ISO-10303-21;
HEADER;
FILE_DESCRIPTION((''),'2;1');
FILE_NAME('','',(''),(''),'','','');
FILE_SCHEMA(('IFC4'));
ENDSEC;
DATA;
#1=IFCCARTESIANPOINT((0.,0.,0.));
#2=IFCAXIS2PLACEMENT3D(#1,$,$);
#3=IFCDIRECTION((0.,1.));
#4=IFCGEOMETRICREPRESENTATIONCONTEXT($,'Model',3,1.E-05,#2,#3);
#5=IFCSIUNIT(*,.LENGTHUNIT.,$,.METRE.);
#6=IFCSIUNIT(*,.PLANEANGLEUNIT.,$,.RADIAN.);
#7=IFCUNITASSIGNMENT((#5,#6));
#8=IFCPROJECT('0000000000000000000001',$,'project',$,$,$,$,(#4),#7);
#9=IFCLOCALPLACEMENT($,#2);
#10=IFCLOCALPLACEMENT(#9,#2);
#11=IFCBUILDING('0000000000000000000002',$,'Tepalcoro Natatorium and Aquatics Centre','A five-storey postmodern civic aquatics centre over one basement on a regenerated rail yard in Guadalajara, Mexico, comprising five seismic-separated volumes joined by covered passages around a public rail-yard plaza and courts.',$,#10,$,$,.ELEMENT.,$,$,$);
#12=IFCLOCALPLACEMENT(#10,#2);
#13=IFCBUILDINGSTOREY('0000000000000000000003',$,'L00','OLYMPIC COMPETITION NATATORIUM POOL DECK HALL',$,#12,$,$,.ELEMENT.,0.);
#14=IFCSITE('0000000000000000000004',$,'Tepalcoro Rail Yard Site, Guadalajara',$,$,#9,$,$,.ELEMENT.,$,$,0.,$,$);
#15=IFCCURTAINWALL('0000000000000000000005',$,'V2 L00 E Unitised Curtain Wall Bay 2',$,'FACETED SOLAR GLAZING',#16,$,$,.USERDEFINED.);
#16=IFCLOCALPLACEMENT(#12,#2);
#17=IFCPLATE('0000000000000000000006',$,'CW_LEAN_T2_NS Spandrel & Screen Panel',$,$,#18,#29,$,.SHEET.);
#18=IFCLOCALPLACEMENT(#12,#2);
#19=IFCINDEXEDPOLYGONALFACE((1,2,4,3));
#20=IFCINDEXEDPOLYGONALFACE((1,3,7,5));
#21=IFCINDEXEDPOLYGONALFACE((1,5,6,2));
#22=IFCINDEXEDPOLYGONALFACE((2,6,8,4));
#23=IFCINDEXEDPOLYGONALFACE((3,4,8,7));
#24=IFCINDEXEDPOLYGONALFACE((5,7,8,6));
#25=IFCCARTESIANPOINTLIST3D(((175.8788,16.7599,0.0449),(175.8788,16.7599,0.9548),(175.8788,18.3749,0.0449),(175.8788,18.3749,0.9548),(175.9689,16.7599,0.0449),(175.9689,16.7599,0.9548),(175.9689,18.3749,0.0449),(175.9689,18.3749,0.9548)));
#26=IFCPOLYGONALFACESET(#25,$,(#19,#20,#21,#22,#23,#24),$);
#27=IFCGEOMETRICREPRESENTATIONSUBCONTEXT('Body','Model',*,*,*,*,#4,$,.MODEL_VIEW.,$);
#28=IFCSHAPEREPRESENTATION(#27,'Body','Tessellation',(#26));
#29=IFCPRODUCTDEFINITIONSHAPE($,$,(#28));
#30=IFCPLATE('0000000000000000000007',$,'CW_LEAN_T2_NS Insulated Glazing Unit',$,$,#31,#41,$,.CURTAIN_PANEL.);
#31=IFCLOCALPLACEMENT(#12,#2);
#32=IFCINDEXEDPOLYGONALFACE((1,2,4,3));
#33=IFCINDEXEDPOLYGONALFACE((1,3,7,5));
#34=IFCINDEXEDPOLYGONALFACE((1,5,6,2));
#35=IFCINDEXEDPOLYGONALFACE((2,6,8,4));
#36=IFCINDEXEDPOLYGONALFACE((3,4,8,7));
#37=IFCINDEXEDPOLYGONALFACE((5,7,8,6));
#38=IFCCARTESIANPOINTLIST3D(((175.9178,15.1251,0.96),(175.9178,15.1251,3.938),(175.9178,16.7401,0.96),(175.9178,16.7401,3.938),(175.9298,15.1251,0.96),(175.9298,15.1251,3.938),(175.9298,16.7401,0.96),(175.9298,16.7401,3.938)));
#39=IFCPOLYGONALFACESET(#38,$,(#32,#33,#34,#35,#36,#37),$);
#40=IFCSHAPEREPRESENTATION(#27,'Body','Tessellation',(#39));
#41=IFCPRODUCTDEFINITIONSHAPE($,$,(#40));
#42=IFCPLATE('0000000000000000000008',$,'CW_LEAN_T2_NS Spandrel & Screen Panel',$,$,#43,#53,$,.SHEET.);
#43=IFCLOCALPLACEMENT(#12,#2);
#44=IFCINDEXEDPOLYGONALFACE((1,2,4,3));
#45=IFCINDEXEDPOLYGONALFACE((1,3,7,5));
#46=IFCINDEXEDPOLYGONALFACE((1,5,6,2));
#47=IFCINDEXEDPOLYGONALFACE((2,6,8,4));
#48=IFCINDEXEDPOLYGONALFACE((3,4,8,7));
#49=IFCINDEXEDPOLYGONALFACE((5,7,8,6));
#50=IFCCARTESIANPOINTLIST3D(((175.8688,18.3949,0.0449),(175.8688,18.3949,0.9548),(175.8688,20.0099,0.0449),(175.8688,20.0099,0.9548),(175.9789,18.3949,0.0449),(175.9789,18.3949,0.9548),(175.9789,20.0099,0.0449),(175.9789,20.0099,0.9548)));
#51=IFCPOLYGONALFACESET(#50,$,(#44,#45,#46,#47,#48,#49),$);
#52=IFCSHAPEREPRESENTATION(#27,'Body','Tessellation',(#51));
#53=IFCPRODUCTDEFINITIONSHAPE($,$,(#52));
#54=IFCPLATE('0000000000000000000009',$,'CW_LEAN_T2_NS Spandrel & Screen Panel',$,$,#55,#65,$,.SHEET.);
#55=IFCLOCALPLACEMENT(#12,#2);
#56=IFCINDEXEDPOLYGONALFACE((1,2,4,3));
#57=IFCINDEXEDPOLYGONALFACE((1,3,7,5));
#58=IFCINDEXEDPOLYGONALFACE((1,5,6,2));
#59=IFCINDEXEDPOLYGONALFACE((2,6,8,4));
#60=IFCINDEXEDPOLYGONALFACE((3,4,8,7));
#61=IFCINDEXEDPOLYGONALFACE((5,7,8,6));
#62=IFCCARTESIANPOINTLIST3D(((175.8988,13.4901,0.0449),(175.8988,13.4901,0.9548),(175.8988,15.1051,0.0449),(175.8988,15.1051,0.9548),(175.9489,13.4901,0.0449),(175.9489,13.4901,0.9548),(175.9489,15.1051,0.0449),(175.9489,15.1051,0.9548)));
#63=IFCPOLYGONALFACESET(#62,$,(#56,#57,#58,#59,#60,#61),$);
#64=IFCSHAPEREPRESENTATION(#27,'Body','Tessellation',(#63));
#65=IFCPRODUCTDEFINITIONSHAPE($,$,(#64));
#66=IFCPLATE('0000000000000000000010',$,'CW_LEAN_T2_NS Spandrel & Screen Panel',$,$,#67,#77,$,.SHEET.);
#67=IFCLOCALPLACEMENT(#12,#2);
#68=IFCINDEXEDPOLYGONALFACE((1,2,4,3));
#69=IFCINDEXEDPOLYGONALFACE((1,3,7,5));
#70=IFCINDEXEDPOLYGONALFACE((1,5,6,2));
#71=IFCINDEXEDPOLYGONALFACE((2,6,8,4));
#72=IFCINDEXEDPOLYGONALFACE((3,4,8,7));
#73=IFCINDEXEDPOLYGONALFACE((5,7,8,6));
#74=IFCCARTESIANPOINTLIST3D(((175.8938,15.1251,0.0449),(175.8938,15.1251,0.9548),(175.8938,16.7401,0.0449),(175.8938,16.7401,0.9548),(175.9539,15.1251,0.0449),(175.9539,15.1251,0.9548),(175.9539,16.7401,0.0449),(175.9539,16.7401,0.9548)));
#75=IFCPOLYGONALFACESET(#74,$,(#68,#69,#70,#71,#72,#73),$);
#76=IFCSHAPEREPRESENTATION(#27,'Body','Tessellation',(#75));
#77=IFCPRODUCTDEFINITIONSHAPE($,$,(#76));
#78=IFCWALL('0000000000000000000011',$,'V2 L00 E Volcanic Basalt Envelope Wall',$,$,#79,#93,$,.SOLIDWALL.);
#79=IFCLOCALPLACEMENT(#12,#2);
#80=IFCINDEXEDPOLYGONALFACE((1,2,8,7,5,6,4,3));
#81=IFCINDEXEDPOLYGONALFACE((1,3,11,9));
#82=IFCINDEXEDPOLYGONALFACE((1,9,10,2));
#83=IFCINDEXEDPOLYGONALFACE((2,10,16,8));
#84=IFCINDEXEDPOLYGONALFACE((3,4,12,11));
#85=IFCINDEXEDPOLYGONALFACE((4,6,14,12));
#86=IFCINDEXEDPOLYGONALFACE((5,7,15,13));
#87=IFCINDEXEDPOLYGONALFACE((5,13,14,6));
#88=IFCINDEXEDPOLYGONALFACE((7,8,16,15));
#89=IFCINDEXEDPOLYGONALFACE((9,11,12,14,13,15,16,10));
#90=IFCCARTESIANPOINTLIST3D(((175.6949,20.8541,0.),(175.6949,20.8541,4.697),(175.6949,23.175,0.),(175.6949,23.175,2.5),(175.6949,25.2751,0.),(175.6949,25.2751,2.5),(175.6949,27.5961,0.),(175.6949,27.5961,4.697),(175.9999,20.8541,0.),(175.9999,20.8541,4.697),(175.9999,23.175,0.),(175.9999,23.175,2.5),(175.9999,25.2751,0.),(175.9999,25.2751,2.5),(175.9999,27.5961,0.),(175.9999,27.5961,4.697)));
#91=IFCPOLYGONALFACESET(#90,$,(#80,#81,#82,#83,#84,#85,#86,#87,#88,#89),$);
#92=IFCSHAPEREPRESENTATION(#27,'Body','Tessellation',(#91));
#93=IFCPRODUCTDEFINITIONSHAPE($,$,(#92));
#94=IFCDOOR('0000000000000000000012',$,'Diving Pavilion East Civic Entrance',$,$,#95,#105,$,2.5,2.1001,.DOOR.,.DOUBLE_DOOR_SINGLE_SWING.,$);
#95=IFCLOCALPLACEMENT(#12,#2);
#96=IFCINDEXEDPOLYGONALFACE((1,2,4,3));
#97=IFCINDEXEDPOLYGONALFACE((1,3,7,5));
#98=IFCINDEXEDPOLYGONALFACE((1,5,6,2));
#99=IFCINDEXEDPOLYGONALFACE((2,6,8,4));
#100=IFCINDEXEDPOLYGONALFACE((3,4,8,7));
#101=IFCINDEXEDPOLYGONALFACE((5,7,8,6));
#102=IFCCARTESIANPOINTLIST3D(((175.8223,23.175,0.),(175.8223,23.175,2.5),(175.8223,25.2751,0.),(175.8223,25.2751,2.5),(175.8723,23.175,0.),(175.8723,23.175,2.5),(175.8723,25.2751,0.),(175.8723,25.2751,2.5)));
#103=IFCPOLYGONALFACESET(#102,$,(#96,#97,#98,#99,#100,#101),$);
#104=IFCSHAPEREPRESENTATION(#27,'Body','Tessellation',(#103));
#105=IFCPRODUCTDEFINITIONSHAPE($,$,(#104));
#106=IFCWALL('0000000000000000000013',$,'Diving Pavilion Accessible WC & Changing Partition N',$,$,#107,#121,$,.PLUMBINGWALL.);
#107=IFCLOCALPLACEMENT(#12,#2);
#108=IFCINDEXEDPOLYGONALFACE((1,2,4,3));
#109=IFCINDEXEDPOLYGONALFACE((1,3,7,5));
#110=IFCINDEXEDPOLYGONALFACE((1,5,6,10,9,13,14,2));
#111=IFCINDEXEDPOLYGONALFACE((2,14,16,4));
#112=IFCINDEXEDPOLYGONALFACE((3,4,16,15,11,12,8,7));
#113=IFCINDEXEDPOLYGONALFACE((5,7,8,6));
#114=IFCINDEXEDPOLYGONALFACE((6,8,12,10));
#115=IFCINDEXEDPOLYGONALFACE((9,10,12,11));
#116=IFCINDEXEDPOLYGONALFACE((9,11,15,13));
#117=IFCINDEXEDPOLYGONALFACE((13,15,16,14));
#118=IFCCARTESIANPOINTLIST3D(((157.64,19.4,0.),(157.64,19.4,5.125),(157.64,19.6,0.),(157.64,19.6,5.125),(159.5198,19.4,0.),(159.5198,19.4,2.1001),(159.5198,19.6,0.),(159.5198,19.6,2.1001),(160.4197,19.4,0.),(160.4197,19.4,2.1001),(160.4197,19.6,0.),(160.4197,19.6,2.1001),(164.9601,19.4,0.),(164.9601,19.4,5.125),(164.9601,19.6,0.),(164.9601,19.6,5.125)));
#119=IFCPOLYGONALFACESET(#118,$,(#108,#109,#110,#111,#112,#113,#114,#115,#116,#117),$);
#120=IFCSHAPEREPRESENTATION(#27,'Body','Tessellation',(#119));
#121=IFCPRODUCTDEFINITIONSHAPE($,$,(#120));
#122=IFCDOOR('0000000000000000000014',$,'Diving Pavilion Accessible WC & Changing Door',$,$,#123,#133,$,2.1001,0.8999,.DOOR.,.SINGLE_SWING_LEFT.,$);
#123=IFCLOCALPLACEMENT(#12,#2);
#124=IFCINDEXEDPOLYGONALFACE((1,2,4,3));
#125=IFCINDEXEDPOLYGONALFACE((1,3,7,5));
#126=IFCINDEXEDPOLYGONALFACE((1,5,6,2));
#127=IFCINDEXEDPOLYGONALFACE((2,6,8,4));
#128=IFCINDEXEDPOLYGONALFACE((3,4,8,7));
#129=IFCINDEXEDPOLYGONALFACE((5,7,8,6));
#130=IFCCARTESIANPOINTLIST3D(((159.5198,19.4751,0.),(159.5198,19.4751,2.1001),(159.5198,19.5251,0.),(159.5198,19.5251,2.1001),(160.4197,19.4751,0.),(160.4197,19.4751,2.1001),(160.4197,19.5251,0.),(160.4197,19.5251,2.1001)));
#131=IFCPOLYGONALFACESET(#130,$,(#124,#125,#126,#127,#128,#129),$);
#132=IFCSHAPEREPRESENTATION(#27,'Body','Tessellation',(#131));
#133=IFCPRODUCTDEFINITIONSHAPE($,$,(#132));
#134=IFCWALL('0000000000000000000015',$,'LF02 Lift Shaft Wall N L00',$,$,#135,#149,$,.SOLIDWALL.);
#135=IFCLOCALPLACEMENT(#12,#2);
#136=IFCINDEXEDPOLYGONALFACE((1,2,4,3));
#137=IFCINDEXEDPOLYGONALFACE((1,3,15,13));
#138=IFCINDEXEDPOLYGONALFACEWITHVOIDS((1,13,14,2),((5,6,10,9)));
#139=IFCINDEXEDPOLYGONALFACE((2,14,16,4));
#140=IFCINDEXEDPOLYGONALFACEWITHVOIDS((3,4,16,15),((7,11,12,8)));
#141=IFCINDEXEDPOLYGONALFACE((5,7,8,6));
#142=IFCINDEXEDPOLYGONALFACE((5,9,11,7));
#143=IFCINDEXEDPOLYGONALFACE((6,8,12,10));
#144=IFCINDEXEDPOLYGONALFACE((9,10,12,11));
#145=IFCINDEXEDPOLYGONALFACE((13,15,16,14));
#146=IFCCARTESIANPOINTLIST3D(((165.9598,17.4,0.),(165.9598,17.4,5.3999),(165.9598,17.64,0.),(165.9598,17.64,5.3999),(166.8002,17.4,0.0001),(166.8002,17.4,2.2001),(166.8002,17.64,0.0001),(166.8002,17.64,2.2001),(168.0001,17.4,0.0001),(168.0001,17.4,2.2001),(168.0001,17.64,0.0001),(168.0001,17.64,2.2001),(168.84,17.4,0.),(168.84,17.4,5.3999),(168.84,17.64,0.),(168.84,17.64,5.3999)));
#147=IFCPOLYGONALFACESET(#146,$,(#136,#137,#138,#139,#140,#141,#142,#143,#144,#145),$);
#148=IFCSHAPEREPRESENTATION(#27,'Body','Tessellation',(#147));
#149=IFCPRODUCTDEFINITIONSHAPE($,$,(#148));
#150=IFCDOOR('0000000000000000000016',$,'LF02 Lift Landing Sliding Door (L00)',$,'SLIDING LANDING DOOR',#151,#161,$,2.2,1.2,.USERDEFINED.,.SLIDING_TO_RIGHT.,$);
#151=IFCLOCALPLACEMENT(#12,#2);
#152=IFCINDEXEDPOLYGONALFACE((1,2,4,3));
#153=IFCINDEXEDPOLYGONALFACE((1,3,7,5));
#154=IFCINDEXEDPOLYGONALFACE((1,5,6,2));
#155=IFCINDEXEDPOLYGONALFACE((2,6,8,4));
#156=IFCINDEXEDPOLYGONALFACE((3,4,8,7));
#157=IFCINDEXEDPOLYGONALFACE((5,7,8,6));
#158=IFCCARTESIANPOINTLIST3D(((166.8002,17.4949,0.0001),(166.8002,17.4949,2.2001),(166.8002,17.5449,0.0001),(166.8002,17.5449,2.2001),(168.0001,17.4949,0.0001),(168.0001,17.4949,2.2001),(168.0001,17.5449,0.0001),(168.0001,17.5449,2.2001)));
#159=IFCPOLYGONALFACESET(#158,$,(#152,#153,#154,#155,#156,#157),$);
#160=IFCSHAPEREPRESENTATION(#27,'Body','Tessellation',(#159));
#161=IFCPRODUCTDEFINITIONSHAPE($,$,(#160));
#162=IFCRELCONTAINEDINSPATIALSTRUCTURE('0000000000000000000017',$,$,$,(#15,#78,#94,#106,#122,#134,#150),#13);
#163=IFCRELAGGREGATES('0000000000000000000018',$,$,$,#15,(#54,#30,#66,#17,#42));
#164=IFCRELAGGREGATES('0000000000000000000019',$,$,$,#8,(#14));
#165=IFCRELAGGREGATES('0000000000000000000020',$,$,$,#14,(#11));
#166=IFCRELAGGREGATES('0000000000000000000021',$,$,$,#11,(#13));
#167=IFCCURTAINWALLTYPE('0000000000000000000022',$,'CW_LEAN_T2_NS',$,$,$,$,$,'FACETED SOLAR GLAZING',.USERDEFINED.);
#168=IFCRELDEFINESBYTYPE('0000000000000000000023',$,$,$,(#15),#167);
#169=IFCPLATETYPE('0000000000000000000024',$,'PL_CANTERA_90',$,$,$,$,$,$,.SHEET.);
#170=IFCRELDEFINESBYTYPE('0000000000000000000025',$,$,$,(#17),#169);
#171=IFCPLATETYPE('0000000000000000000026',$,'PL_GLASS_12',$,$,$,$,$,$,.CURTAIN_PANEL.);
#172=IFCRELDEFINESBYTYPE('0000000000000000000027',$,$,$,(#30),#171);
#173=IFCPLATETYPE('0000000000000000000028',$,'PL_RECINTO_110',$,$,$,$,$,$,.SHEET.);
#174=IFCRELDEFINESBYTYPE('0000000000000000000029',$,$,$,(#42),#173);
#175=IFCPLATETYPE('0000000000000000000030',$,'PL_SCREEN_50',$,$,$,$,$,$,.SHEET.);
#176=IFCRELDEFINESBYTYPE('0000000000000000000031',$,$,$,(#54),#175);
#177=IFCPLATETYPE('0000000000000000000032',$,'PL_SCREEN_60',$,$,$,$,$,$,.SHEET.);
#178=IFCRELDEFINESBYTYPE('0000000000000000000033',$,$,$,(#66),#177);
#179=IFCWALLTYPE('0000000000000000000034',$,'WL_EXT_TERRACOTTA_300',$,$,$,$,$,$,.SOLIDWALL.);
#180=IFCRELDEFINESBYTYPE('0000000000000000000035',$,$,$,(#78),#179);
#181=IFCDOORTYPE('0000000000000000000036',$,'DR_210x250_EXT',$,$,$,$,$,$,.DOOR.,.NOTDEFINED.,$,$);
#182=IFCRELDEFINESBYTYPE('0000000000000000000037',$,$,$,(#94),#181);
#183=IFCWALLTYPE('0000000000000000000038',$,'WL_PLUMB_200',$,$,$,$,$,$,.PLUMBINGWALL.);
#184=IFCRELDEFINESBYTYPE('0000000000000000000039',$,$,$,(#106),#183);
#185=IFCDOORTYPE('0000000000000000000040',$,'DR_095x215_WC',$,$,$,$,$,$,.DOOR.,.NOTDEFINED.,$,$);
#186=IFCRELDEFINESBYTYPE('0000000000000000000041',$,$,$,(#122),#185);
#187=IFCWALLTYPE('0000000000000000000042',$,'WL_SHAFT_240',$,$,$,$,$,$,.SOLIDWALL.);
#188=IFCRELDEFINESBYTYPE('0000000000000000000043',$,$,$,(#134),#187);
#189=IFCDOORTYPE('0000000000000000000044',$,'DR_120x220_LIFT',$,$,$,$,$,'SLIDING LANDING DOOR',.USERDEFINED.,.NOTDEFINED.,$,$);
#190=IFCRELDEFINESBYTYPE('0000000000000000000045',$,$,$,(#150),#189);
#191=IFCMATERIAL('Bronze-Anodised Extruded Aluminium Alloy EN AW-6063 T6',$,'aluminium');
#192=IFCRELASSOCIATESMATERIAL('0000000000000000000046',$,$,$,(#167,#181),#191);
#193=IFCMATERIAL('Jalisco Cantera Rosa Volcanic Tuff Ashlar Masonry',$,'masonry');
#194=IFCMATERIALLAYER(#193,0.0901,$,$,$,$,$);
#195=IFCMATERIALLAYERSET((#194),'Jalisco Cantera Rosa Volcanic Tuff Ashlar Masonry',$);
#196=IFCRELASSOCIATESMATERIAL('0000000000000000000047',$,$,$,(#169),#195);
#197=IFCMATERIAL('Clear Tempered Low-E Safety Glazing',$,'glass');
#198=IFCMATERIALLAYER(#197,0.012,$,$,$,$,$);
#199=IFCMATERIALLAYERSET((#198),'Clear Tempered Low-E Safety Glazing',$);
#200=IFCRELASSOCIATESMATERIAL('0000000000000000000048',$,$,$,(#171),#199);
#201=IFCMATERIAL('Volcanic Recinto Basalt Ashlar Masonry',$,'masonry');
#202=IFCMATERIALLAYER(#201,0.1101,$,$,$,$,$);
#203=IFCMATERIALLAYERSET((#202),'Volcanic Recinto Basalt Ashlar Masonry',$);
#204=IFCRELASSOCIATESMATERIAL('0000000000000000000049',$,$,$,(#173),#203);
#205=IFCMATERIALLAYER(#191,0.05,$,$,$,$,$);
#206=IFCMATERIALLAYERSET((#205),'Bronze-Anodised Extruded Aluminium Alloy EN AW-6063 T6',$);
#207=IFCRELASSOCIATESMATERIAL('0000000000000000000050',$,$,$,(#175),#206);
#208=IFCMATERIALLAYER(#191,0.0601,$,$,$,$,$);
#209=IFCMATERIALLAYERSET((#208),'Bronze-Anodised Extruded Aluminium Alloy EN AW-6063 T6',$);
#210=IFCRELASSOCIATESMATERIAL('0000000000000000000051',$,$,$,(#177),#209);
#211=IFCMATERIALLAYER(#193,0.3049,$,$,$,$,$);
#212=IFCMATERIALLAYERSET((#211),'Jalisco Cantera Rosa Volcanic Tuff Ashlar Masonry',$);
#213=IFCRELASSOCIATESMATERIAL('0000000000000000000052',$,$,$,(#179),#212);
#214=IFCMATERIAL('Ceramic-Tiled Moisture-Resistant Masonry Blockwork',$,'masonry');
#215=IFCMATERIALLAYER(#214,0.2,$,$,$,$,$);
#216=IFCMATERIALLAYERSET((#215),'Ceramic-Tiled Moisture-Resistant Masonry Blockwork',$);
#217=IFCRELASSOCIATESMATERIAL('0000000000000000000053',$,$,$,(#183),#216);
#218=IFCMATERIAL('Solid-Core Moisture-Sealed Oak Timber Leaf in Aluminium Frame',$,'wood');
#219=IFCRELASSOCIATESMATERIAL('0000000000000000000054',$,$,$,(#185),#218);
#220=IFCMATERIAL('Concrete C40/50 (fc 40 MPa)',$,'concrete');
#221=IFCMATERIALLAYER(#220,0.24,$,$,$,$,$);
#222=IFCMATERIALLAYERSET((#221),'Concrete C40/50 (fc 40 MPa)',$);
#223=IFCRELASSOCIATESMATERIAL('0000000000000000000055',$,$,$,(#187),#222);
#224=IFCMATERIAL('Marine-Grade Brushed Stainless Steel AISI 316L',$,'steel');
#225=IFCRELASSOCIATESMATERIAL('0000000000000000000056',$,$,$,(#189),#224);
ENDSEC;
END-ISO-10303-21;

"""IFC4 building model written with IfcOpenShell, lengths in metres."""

from ifc_helpers import new_model, si_unit, direction, frame, frame_2d, origin, origin_2d, place, context, subcontext, project, spatial, rectangle, extrude, material, layer, layer_set, type_object, element, fill, aggregate, save


model = new_model("IFC4")

# Units and contexts
model_context = context("Model", 3, precision=1e-05, world=origin(), true_north=direction((0.0, 1.0)))
body_context = subcontext(model_context, "Body", "Model", "MODEL_VIEW")
ifc_project = project(units=[si_unit("LENGTHUNIT", "METRE"), si_unit("PLANEANGLEUNIT", "RADIAN")], contexts=[model_context])

# Site, building, storey
site_placement = place(None, origin())
site = spatial("IfcSite", under=ifc_project, at=site_placement, Name="Tepalcoro Rail Yard Site, Guadalajara", CompositionType="ELEMENT", RefElevation=0.0)
building_placement = place(site_placement, origin())
building = spatial("IfcBuilding", under=site, at=building_placement, Name="Tepalcoro Natatorium and Aquatics Centre", Description="A five-storey postmodern civic aquatics centre over one basement on a regenerated rail yard in Guadalajara, Mexico, comprising five seismic-separated volumes joined by covered passages around a public rail-yard plaza and courts.", CompositionType="ELEMENT")
storey_placement = place(building_placement, origin())
storey = spatial("IfcBuildingStorey", under=building, at=storey_placement, Name="L00", Description="OLYMPIC COMPETITION NATATORIUM POOL DECK HALL", CompositionType="ELEMENT", Elevation=0.0)

# Shared definitions
ifc_material_1 = material(Name="Concrete C40/50 (fc 40 MPa)", Category="concrete")

# Curtain wall
ifc_material_2 = material(Name="Bronze-Anodised Extruded Aluminium Alloy EN AW-6063 T6", Category="aluminium")
curtain_wall_type = type_object("IfcCurtainWallType", Name="CW_LEAN_T2_NS", ElementType="FACETED SOLAR GLAZING", PredefinedType="USERDEFINED", material=ifc_material_2)
curtain_wall_placement = place(storey_placement, origin())
curtain_wall = element("IfcCurtainWall", 1, at=curtain_wall_placement, inside=storey, type_object=curtain_wall_type, Name="V2 L00 E Unitised Curtain Wall Bay 2", ObjectType="FACETED SOLAR GLAZING", PredefinedType="USERDEFINED")

# Plates
ifc_material_3 = material(Name="Jalisco Cantera Rosa Volcanic Tuff Ashlar Masonry", Category="masonry")
ifc_layer_1 = layer(ifc_material_3, 0.0901)
ifc_layer_set_1 = layer_set([ifc_layer_1], Name="Jalisco Cantera Rosa Volcanic Tuff Ashlar Masonry")
plate_type_1 = type_object("IfcPlateType", Name="PL_CANTERA_90", PredefinedType="SHEET", material=ifc_layer_set_1)
plate_1_placement = place(storey_placement, frame((175.9238, 17.5674, 0.0449), z_axis=(0.0, 0.0, 1.0), x_axis=(1.0, 0.0, 0.0)))
plate_1 = element("IfcPlate", 2, at=plate_1_placement, type_object=plate_type_1, Name="CW_LEAN_T2_NS Spandrel & Screen Panel", PredefinedType="SHEET", context=body_context, shape_type="SweptSolid", body=[
    extrude(rectangle(XDim=0.0901, YDim=1.615, at=origin_2d()), origin(), (0.0, 0.0, 1.0), 0.9099),
])
ifc_material_4 = material(Name="Clear Tempered Low-E Safety Glazing", Category="glass")
ifc_layer_2 = layer(ifc_material_4, 0.012)
ifc_layer_set_2 = layer_set([ifc_layer_2], Name="Clear Tempered Low-E Safety Glazing")
plate_type_2 = type_object("IfcPlateType", Name="PL_GLASS_12", PredefinedType="CURTAIN_PANEL", material=ifc_layer_set_2)
plate_2_placement = place(storey_placement, frame((175.9238, 15.9326, 0.96), z_axis=(0.0, 0.0, 1.0), x_axis=(1.0, 0.0, 0.0)))
plate_2 = element("IfcPlate", 3, at=plate_2_placement, type_object=plate_type_2, Name="CW_LEAN_T2_NS Insulated Glazing Unit", PredefinedType="CURTAIN_PANEL", context=body_context, shape_type="SweptSolid", body=[
    extrude(rectangle(XDim=0.012, YDim=1.615, at=origin_2d()), origin(), (0.0, 0.0, 1.0), 2.978),
])
ifc_material_5 = material(Name="Volcanic Recinto Basalt Ashlar Masonry", Category="masonry")
ifc_layer_3 = layer(ifc_material_5, 0.1101)
ifc_layer_set_3 = layer_set([ifc_layer_3], Name="Volcanic Recinto Basalt Ashlar Masonry")
plate_type_3 = type_object("IfcPlateType", Name="PL_RECINTO_110", PredefinedType="SHEET", material=ifc_layer_set_3)
plate_3_placement = place(storey_placement, frame((175.9238, 19.2024, 0.0449), z_axis=(0.0, 0.0, 1.0), x_axis=(1.0, 0.0, 0.0)))
plate_3 = element("IfcPlate", 4, at=plate_3_placement, type_object=plate_type_3, Name="CW_LEAN_T2_NS Spandrel & Screen Panel", PredefinedType="SHEET", context=body_context, shape_type="SweptSolid", body=[
    extrude(rectangle(XDim=0.1101, YDim=1.615, at=origin_2d()), origin(), (0.0, 0.0, 1.0), 0.9099),
])
ifc_layer_4 = layer(ifc_material_2, 0.05)
ifc_layer_set_4 = layer_set([ifc_layer_4], Name="Bronze-Anodised Extruded Aluminium Alloy EN AW-6063 T6")
plate_type_4 = type_object("IfcPlateType", Name="PL_SCREEN_50", PredefinedType="SHEET", material=ifc_layer_set_4)
plate_4_placement = place(storey_placement, frame((175.9238, 14.2976, 0.0449), z_axis=(0.0, 0.0, 1.0), x_axis=(1.0, 0.0, 0.0)))
plate_4 = element("IfcPlate", 5, at=plate_4_placement, type_object=plate_type_4, Name="CW_LEAN_T2_NS Spandrel & Screen Panel", PredefinedType="SHEET", context=body_context, shape_type="SweptSolid", body=[
    extrude(rectangle(XDim=0.05, YDim=1.615, at=origin_2d()), origin(), (0.0, 0.0, 1.0), 0.9099),
])
ifc_layer_5 = layer(ifc_material_2, 0.0601)
ifc_layer_set_5 = layer_set([ifc_layer_5], Name="Bronze-Anodised Extruded Aluminium Alloy EN AW-6063 T6")
plate_type_5 = type_object("IfcPlateType", Name="PL_SCREEN_60", PredefinedType="SHEET", material=ifc_layer_set_5)
plate_5_placement = place(storey_placement, frame((175.9238, 15.9326, 0.0449), z_axis=(0.0, 0.0, 1.0), x_axis=(1.0, 0.0, 0.0)))
plate_5 = element("IfcPlate", 6, at=plate_5_placement, type_object=plate_type_5, Name="CW_LEAN_T2_NS Spandrel & Screen Panel", PredefinedType="SHEET", context=body_context, shape_type="SweptSolid", body=[
    extrude(rectangle(XDim=0.0601, YDim=1.615, at=origin_2d()), origin(), (0.0, 0.0, 1.0), 0.9099),
])
aggregate(curtain_wall, [plate_4, plate_2, plate_5, plate_1, plate_3])

# Walls, openings, doors
ifc_layer_6 = layer(ifc_material_3, 0.3049)
ifc_layer_set_6 = layer_set([ifc_layer_6], Name="Jalisco Cantera Rosa Volcanic Tuff Ashlar Masonry")
wall_type_1 = type_object("IfcWallType", Name="WL_EXT_TERRACOTTA_300", PredefinedType="SOLIDWALL", material=ifc_layer_set_6)
wall_1_placement = place(storey_placement, frame((175.8474, 20.854, 0.0), z_axis=(0.0, 0.0, 1.0), x_axis=(0.0, 1.0, 0.0)))
wall_1 = element("IfcWall", 7, at=wall_1_placement, inside=storey, type_object=wall_type_1, Name="V2 L00 E Volcanic Basalt Envelope Wall", PredefinedType="SOLIDWALL", context=body_context, shape_type="SweptSolid", body=[
    extrude(rectangle(XDim=6.7419, YDim=0.3049, at=frame_2d((3.3711, 0.0))), origin(), (0.0, 0.0, 1.0), 4.697),
])
opening_1_placement = place(wall_1_placement, frame((2.321, 0.0, 0.0)))
opening_1 = element("IfcOpeningElement", 8, at=opening_1_placement, cuts=wall_1, PredefinedType="OPENING", context=body_context, shape_type="SweptSolid", body=[
    extrude(rectangle(XDim=2.1001, YDim=2.5, at=frame_2d((1.05, 1.25))), frame((0.0, 0.1646, 0.0), z_axis=(0.0, -1.0, 0.0), x_axis=(1.0, 0.0, 0.0)), (0.0, 0.0, 1.0), 0.3289),
])
door_type_1 = type_object("IfcDoorType", Name="DR_210x250_EXT", OperationType="NOTDEFINED", PredefinedType="DOOR", material=ifc_material_2)
door_1_placement = place(opening_1_placement, frame((2.1001, 0.0, 0.0), z_axis=(0.0, 0.0, 1.0), x_axis=(-1.0, 0.0, 0.0)))
door_1 = element("IfcDoor", 9, at=door_1_placement, inside=storey, type_object=door_type_1, Name="Diving Pavilion East Civic Entrance", OperationType="DOUBLE_DOOR_SINGLE_SWING", OverallHeight=2.5, OverallWidth=2.1001, PredefinedType="DOOR", context=body_context, shape_type="SweptSolid", body=[
    extrude(rectangle(XDim=2.1001, YDim=2.5, at=frame_2d((1.05, 1.25))), frame((0.0, 0.0249, 0.0), z_axis=(0.0, -1.0, 0.0), x_axis=(1.0, 0.0, 0.0)), (0.0, 0.0, 1.0), 0.05),
])
fill(opening_1, door_1)
ifc_material_6 = material(Name="Ceramic-Tiled Moisture-Resistant Masonry Blockwork", Category="masonry")
ifc_layer_7 = layer(ifc_material_6, 0.2)
ifc_layer_set_7 = layer_set([ifc_layer_7], Name="Ceramic-Tiled Moisture-Resistant Masonry Blockwork")
wall_type_2 = type_object("IfcWallType", Name="WL_PLUMB_200", PredefinedType="PLUMBINGWALL", material=ifc_layer_set_7)
wall_2_placement = place(storey_placement, frame((157.6399, 19.5, 0.0), z_axis=(0.0, 0.0, 1.0), x_axis=(1.0, 0.0, 0.0)))
wall_2 = element("IfcWall", 10, at=wall_2_placement, inside=storey, type_object=wall_type_2, Name="Diving Pavilion Accessible WC & Changing Partition N", PredefinedType="PLUMBINGWALL", context=body_context, shape_type="SweptSolid", body=[
    extrude(rectangle(XDim=7.3201, YDim=0.2, at=frame_2d((3.6602, 0.0))), origin(), (0.0, 0.0, 1.0), 5.125),
])
opening_2_placement = place(wall_2_placement, frame((1.8799, 0.0, 0.0)))
opening_2 = element("IfcOpeningElement", 11, at=opening_2_placement, cuts=wall_2, PredefinedType="OPENING", context=body_context, shape_type="SweptSolid", body=[
    extrude(rectangle(XDim=0.8999, YDim=2.1001, at=frame_2d((0.45, 1.05))), frame((0.0, 0.1118, 0.0), z_axis=(0.0, -1.0, 0.0), x_axis=(1.0, 0.0, 0.0)), (0.0, 0.0, 1.0), 0.2239),
])
ifc_material_7 = material(Name="Solid-Core Moisture-Sealed Oak Timber Leaf in Aluminium Frame", Category="wood")
door_type_2 = type_object("IfcDoorType", Name="DR_095x215_WC", OperationType="NOTDEFINED", PredefinedType="DOOR", material=ifc_material_7)
door_2_placement = place(opening_2_placement, frame((0.8999, 0.0, 0.0), z_axis=(0.0, 0.0, 1.0), x_axis=(-1.0, 0.0, 0.0)))
door_2 = element("IfcDoor", 12, at=door_2_placement, inside=storey, type_object=door_type_2, Name="Diving Pavilion Accessible WC & Changing Door", OperationType="SINGLE_SWING_LEFT", OverallHeight=2.1001, OverallWidth=0.8999, PredefinedType="DOOR", context=body_context, shape_type="SweptSolid", body=[
    extrude(rectangle(XDim=0.8999, YDim=2.1001, at=frame_2d((0.45, 1.05))), frame((0.0, 0.0249, 0.0), z_axis=(0.0, -1.0, 0.0), x_axis=(1.0, 0.0, 0.0)), (0.0, 0.0, 1.0), 0.05),
])
fill(opening_2, door_2)

# Shared definitions
ifc_layer_8 = layer(ifc_material_1, 0.24)
ifc_layer_set_8 = layer_set([ifc_layer_8], Name="Concrete C40/50 (fc 40 MPa)")
wall_type_3 = type_object("IfcWallType", Name="WL_SHAFT_240", PredefinedType="SOLIDWALL", material=ifc_layer_set_8)

# Wall, opening, door
wall_3_placement = place(storey_placement, frame((165.96, 17.52, 0.0), z_axis=(0.0, 0.0, 1.0), x_axis=(1.0, 0.0, 0.0)))
wall_3 = element("IfcWall", 13, at=wall_3_placement, inside=storey, type_object=wall_type_3, Name="LF02 Lift Shaft Wall N L00", PredefinedType="SOLIDWALL", context=body_context, shape_type="SweptSolid", body=[
    extrude(rectangle(XDim=2.8801, YDim=0.24, at=frame_2d((1.4399, 0.0))), origin(), (0.0, 0.0, 1.0), 5.3999),
])
opening_3_placement = place(wall_3_placement, frame((0.8401, 0.0, 0.0)))
opening_3 = element("IfcOpeningElement", 14, at=opening_3_placement, cuts=wall_3, PredefinedType="OPENING", context=body_context, shape_type="SweptSolid", body=[
    extrude(rectangle(XDim=1.2, YDim=2.2, at=frame_2d((0.6001, 1.1001))), frame((0.0, 0.1318, 0.0), z_axis=(0.0, -1.0, 0.0), x_axis=(1.0, 0.0, 0.0)), (0.0, 0.0, 1.0), 0.2639),
])
ifc_material_8 = material(Name="Marine-Grade Brushed Stainless Steel AISI 316L", Category="steel")
door_type_3 = type_object("IfcDoorType", Name="DR_120x220_LIFT", ElementType="SLIDING LANDING DOOR", OperationType="NOTDEFINED", PredefinedType="USERDEFINED", material=ifc_material_8)
door_3_placement = place(opening_3_placement, origin())
door_3 = element("IfcDoor", 15, at=door_3_placement, inside=storey, type_object=door_type_3, Name="LF02 Lift Landing Sliding Door (L00)", ObjectType="SLIDING LANDING DOOR", OperationType="SLIDING_TO_RIGHT", OverallHeight=2.2, OverallWidth=1.2, PredefinedType="USERDEFINED", context=body_context, shape_type="SweptSolid", body=[
    extrude(rectangle(XDim=1.2, YDim=2.2, at=frame_2d((0.6001, 1.1001))), frame((0.0, 0.0249, 0.0), z_axis=(0.0, -1.0, 0.0), x_axis=(1.0, 0.0, 0.0)), (0.0, 0.0, 1.0), 0.05),
])
fill(opening_3, door_3)

save(model, "model.ifc")
